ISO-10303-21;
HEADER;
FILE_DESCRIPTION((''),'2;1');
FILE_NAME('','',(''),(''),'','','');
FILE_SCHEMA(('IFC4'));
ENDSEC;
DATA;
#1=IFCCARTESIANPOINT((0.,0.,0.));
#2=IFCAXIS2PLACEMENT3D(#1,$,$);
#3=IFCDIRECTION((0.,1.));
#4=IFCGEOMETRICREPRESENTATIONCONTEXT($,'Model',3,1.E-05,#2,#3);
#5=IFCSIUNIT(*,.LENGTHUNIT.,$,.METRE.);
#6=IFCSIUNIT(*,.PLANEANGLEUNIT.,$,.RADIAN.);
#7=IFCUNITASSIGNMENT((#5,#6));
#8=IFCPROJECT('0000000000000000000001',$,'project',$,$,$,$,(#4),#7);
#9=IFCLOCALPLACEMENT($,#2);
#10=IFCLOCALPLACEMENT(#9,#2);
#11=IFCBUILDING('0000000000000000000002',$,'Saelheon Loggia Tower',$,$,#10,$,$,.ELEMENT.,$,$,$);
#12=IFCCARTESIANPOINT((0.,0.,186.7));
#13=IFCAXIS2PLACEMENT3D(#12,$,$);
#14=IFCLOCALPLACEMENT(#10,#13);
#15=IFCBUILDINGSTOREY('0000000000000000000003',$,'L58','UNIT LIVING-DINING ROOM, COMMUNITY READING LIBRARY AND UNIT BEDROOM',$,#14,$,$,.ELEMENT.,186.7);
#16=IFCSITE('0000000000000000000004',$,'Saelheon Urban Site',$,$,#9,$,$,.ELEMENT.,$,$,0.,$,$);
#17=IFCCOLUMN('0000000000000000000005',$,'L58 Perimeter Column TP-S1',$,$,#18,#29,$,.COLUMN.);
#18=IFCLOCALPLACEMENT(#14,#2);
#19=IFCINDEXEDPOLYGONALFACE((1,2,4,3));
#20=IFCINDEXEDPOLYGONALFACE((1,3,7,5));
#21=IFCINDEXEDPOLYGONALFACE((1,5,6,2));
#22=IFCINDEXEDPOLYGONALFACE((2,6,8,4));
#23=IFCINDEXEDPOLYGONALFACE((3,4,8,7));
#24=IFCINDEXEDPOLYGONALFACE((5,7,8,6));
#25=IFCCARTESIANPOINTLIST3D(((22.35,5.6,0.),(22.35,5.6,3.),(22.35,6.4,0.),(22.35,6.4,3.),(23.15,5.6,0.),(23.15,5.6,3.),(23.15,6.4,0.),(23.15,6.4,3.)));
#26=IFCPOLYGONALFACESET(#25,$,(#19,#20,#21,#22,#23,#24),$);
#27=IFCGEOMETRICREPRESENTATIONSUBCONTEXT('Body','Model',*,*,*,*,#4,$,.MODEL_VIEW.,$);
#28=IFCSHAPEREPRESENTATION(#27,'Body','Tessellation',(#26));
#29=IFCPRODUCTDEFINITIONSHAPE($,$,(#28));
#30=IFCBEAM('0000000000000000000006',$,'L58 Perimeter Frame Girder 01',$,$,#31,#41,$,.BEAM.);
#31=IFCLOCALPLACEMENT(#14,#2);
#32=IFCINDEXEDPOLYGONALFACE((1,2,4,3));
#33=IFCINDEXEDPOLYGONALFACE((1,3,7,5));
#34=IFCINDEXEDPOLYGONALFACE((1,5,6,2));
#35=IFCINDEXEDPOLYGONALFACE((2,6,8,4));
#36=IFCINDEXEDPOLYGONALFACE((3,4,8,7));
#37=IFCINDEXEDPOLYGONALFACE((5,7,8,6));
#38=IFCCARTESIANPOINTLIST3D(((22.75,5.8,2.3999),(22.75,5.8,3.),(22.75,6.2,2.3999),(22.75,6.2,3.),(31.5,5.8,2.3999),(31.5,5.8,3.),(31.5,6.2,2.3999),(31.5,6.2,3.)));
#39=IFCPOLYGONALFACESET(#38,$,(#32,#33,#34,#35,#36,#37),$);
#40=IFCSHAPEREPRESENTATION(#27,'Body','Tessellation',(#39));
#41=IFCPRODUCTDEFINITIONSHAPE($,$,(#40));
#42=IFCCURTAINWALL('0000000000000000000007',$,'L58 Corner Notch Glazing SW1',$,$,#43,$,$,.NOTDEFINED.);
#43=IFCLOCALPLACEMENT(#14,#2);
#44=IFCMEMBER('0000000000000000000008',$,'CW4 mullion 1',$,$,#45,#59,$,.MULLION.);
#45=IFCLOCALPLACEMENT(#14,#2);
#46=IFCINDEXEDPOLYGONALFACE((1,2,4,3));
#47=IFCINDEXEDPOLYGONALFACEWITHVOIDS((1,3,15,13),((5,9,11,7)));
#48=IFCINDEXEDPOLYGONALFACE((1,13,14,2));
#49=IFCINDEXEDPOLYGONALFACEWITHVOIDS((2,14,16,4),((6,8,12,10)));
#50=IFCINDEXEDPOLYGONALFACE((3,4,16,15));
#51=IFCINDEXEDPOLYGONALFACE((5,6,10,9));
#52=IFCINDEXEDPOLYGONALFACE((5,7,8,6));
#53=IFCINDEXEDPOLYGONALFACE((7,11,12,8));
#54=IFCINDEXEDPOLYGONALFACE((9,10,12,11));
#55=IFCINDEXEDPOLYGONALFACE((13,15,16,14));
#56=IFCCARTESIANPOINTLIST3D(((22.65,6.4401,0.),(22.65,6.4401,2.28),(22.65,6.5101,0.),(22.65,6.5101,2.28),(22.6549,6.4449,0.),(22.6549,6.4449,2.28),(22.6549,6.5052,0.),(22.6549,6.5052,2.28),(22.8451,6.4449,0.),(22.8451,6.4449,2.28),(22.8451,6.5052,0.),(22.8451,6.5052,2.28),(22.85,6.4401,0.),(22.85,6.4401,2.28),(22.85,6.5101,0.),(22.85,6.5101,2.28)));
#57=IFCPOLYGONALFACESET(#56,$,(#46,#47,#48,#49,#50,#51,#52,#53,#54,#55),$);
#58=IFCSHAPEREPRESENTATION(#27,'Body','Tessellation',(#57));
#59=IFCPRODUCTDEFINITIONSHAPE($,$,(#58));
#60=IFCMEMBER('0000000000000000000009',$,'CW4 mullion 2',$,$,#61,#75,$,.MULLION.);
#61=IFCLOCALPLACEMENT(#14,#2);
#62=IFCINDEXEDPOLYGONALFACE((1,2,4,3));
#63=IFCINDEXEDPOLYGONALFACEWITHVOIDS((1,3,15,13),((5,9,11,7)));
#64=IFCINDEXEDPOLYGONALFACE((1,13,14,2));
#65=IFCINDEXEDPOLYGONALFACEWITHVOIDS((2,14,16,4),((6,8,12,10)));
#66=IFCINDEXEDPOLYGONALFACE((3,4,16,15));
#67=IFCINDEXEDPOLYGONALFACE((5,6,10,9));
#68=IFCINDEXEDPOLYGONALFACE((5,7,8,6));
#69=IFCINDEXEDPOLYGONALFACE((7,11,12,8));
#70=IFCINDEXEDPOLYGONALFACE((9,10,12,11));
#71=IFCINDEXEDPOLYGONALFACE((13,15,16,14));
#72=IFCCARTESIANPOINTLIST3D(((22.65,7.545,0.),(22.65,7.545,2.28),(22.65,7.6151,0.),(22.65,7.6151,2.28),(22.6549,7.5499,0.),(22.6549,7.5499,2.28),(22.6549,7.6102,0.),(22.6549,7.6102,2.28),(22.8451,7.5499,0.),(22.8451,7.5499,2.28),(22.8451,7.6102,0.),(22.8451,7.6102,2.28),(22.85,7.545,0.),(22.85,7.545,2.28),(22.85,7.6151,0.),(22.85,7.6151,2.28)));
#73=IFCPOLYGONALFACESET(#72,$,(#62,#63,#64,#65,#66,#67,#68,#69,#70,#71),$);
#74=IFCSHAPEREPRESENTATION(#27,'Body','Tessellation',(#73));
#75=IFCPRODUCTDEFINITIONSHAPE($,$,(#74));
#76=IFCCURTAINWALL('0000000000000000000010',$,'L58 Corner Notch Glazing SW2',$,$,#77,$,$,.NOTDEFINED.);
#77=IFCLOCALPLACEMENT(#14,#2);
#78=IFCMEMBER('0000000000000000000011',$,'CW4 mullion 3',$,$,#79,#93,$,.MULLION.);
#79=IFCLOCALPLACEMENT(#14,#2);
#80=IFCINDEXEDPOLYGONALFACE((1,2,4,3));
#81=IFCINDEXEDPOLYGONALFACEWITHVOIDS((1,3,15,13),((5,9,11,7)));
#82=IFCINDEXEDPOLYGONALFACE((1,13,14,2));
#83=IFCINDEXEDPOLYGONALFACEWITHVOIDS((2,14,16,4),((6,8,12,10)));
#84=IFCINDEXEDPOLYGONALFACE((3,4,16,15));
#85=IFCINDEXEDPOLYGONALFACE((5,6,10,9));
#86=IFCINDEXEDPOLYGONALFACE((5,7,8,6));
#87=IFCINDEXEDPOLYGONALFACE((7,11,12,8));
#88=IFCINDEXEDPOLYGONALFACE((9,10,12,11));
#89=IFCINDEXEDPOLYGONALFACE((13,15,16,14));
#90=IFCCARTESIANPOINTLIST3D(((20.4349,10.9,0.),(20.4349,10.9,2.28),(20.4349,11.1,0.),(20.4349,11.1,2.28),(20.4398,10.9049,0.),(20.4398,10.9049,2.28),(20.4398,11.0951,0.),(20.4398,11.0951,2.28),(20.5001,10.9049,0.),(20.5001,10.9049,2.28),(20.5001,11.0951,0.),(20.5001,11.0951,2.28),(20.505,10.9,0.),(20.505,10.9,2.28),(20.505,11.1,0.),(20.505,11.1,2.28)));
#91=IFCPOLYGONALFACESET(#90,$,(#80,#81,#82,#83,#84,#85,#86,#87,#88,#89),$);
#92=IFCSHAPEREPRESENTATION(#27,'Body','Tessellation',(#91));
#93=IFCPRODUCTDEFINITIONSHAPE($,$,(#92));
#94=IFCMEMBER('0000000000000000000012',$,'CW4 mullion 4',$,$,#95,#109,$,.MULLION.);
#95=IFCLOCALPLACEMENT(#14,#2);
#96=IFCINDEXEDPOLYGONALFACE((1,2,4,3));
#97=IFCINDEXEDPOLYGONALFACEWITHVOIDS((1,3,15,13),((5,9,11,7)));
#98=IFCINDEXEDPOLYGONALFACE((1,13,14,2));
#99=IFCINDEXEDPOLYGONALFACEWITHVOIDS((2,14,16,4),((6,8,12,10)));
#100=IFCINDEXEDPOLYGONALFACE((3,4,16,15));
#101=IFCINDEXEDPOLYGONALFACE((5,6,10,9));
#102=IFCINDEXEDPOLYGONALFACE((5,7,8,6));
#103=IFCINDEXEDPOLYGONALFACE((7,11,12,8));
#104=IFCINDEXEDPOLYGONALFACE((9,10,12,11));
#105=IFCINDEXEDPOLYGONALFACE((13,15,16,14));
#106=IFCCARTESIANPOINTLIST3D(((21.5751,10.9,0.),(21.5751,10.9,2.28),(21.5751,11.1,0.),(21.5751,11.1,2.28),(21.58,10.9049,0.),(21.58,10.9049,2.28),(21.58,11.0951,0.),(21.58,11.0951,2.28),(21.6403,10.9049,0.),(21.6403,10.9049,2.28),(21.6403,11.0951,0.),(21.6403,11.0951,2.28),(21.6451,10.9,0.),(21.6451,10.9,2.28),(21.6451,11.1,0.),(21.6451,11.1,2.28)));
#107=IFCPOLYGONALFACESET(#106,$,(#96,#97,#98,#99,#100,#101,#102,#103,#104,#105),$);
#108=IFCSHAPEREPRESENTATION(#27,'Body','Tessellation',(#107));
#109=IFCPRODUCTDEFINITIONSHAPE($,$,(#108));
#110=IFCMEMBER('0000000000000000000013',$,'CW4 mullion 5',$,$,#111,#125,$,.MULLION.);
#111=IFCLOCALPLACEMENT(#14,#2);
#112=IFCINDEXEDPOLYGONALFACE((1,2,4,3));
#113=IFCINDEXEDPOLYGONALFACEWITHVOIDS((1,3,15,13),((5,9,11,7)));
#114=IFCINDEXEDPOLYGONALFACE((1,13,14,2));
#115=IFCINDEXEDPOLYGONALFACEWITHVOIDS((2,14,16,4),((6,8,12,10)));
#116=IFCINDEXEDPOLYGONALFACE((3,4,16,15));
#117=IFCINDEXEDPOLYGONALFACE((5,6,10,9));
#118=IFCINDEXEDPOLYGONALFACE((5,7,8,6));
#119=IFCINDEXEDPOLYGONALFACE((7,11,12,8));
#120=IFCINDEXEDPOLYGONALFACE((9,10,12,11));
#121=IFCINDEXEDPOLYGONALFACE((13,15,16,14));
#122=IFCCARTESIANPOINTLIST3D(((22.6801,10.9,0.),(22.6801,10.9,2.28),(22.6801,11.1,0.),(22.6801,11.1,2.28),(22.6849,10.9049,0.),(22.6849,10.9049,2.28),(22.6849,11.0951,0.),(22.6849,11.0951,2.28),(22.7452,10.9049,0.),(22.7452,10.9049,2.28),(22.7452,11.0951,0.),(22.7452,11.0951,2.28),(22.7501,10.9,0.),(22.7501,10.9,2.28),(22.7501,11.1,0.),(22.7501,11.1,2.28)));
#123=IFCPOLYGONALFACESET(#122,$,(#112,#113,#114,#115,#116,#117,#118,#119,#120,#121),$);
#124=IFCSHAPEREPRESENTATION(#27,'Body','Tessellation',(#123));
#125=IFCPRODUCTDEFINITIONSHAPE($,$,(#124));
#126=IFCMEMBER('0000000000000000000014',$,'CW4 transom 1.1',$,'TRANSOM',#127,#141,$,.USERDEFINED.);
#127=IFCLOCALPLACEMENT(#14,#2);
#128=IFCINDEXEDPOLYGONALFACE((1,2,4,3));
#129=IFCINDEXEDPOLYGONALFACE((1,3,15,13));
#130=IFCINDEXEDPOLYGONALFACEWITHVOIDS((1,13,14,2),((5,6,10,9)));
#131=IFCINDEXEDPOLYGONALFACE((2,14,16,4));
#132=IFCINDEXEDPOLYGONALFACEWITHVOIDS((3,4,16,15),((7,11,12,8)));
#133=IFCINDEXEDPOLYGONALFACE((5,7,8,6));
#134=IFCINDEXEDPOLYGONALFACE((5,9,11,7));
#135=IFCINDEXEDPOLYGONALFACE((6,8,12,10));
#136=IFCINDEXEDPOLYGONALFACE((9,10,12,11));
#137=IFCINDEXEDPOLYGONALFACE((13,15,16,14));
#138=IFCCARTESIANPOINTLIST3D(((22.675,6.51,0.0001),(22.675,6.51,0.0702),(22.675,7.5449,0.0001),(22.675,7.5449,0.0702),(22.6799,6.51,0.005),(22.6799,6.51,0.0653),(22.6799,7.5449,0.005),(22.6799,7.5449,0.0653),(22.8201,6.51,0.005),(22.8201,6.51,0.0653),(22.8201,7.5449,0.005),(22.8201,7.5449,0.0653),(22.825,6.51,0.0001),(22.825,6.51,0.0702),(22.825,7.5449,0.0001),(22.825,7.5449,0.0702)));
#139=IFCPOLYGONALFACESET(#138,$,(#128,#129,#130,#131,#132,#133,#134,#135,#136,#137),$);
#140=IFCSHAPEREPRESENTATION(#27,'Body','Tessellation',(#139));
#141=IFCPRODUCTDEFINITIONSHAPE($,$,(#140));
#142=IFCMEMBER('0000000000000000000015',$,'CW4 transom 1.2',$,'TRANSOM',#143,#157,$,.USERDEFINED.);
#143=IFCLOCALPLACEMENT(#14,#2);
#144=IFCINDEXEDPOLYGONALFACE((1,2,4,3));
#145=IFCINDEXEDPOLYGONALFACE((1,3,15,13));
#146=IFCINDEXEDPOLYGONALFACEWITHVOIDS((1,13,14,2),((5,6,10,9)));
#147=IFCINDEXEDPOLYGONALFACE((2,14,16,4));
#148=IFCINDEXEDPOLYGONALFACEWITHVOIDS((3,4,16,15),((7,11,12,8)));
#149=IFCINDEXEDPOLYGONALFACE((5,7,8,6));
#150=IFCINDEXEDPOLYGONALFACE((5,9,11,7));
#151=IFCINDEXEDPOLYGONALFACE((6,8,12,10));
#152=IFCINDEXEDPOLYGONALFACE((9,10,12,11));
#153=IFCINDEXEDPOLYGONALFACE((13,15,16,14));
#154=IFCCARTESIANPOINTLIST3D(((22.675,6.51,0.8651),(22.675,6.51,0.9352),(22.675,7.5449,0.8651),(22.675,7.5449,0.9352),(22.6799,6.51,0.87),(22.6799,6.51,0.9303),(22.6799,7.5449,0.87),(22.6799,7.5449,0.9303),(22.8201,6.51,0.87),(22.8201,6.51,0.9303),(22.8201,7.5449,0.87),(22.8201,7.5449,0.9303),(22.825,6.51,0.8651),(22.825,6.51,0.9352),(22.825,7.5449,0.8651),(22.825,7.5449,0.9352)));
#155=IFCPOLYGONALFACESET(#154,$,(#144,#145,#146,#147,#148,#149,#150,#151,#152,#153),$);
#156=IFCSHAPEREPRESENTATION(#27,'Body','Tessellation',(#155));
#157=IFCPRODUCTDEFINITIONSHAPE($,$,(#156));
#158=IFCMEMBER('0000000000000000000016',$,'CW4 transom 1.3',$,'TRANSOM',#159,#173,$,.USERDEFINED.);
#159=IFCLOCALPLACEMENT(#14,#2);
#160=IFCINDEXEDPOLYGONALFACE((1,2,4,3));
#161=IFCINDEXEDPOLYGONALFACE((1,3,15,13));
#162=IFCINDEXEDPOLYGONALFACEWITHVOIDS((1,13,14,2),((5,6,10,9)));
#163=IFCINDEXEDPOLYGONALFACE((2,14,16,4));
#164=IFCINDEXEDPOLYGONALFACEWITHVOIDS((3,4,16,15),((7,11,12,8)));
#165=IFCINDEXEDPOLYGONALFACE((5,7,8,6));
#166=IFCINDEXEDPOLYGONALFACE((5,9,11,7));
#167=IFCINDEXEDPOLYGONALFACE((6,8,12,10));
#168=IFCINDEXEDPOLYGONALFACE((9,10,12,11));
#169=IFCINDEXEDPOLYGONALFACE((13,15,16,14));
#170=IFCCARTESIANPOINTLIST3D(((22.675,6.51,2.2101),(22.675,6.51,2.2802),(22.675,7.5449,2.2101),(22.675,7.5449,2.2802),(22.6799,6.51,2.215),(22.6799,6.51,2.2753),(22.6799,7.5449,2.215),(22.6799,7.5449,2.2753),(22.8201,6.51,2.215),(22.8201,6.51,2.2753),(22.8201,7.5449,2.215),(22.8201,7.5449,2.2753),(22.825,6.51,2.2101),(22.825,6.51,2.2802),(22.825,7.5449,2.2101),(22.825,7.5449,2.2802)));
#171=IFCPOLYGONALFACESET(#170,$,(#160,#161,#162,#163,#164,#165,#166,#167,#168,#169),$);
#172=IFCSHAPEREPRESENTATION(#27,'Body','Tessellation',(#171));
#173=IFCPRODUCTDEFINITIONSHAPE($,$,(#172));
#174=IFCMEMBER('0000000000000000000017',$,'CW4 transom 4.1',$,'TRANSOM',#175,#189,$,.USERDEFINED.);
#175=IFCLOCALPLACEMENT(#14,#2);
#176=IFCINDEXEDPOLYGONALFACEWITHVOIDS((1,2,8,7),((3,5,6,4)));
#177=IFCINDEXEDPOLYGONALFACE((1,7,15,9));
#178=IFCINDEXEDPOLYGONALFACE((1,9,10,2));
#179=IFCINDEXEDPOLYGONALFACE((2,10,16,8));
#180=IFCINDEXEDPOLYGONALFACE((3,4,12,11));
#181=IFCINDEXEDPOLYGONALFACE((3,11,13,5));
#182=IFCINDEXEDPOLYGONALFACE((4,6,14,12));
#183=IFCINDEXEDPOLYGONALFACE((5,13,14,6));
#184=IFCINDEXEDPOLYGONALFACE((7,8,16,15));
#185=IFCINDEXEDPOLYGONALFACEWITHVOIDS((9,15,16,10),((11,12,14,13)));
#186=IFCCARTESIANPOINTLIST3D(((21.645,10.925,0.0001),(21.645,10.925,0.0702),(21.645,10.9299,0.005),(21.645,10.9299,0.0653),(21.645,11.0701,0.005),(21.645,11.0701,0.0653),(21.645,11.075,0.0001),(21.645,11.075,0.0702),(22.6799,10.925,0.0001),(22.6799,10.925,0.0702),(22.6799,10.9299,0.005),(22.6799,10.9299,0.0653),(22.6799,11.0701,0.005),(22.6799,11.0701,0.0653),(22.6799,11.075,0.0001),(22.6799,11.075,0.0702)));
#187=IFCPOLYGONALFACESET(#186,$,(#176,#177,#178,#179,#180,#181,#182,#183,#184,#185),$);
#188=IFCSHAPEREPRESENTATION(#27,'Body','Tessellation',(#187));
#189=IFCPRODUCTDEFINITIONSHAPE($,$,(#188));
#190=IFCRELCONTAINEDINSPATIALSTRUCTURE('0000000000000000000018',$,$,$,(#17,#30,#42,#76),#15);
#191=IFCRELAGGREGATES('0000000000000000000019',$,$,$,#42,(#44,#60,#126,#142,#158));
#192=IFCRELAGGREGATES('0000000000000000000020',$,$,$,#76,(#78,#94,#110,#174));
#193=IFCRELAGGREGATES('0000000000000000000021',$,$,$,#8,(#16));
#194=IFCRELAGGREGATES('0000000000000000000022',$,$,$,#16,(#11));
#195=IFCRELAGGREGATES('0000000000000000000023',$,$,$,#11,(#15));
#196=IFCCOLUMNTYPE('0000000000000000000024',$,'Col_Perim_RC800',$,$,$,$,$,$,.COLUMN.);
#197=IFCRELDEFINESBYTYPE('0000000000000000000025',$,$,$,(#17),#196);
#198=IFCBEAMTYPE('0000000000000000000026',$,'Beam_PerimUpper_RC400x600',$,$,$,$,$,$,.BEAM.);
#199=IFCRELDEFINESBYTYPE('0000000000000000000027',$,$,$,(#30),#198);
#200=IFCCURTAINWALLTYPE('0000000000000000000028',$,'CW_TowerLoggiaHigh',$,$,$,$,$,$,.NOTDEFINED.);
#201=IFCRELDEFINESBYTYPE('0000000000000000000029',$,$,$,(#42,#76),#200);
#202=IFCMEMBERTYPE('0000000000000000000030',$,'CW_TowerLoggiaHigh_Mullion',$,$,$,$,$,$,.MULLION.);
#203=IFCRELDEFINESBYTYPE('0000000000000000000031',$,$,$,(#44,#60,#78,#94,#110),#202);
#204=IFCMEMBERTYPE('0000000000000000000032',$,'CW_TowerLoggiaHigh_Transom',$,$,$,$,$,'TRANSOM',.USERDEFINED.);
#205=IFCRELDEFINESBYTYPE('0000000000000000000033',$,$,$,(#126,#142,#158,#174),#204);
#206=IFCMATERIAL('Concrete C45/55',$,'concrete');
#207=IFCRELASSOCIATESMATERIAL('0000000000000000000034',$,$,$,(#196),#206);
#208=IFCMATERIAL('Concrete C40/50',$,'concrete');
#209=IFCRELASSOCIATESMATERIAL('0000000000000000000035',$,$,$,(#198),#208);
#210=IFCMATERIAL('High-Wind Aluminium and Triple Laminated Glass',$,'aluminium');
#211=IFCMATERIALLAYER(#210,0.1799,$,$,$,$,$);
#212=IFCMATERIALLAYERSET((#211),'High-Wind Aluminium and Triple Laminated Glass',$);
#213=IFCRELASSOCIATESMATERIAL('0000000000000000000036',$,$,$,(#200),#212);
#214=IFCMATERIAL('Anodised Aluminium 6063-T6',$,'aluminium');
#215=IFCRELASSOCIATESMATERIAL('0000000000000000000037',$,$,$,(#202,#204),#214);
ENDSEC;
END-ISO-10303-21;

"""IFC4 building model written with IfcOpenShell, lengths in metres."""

from ifc_helpers import new_model, si_unit, direction, frame, origin, origin_2d, place, context, subcontext, project, spatial, rectangle, hollow_rectangle, extrude, source, transform, mapped, material, layer, layer_set, material_profile, profile_set, type_object, element, aggregate, save


model = new_model("IFC4")

# Units and contexts
model_context = context("Model", 3, precision=1e-05, world=origin(), true_north=direction((0.0, 1.0)))
body_context = subcontext(model_context, "Body", "Model", "MODEL_VIEW")
ifc_project = project(units=[si_unit("LENGTHUNIT", "METRE"), si_unit("PLANEANGLEUNIT", "RADIAN")], contexts=[model_context])

# Site, building, storey
site_placement = place(None, origin())
site = spatial("IfcSite", under=ifc_project, at=site_placement, Name="Saelheon Urban Site", CompositionType="ELEMENT", RefElevation=0.0)
building_placement = place(site_placement, origin())
building = spatial("IfcBuilding", under=site, at=building_placement, Name="Saelheon Loggia Tower", CompositionType="ELEMENT")
storey_placement = place(building_placement, frame((0.0, 0.0, 186.7)))
storey = spatial("IfcBuildingStorey", under=building, at=storey_placement, Name="L58", Description="UNIT LIVING-DINING ROOM, COMMUNITY READING LIBRARY AND UNIT BEDROOM", CompositionType="ELEMENT", Elevation=186.7)

# Column
ifc_material_1 = material(Name="Concrete C45/55", Category="concrete")
ifc_material_profile_1 = material_profile(ifc_material_1, rectangle(XDim=0.8, YDim=0.8, at=origin_2d()), Name="RC-800x800")
ifc_profile_set_1 = profile_set([ifc_material_profile_1], Name="Concrete C45/55")
column_type = type_object("IfcColumnType", Name="Col_Perim_RC800", PredefinedType="COLUMN", material=ifc_profile_set_1)
shared_shape_1 = source(origin(), body_context, "Body", "SweptSolid", [
    extrude(rectangle(XDim=0.8, YDim=0.8, at=origin_2d()), origin(), (0.0, 0.0, 1.0), 3.0),
])
column_placement = place(storey_placement, frame((22.75, 6.0, 0.0), z_axis=(0.0, 0.0, 1.0), x_axis=(1.0, 0.0, 0.0)))
element("IfcColumn", 1, at=column_placement, inside=storey, type_object=column_type, Name="L58 Perimeter Column TP-S1", PredefinedType="COLUMN", context=body_context, shape_type="MappedRepresentation", body=[
    mapped(shared_shape_1, transform((0.0, 0.0, 0.0), scale=1.0)),
])

# Beam
ifc_material_2 = material(Name="Concrete C40/50", Category="concrete")
ifc_material_profile_2 = material_profile(ifc_material_2, rectangle(XDim=0.3999, YDim=0.6001, at=origin_2d()), Name="RC-400x600")
ifc_profile_set_2 = profile_set([ifc_material_profile_2], Name="Concrete C40/50")
beam_type = type_object("IfcBeamType", Name="Beam_PerimUpper_RC400x600", PredefinedType="BEAM", material=ifc_profile_set_2)
shared_shape_2 = source(origin(), body_context, "Body", "SweptSolid", [
    extrude(rectangle(XDim=0.3999, YDim=0.6001, at=origin_2d()), origin(), (0.0, 0.0, 1.0), 8.75),
])
beam_placement = place(storey_placement, frame((22.75, 6.0, 2.7), z_axis=(1.0, 0.0, 0.0), x_axis=(0.0, 1.0, 0.0)))
element("IfcBeam", 2, at=beam_placement, inside=storey, type_object=beam_type, Name="L58 Perimeter Frame Girder 01", PredefinedType="BEAM", context=body_context, shape_type="MappedRepresentation", body=[
    mapped(shared_shape_2, transform((0.0, 0.0, 0.0), scale=1.0)),
])

# Curtain walls, members
ifc_material_3 = material(Name="High-Wind Aluminium and Triple Laminated Glass", Category="aluminium")
ifc_layer_1 = layer(ifc_material_3, 0.1799)
ifc_layer_set_1 = layer_set([ifc_layer_1], Name="High-Wind Aluminium and Triple Laminated Glass")
curtain_wall_type = type_object("IfcCurtainWallType", Name="CW_TowerLoggiaHigh", PredefinedType="NOTDEFINED", material=ifc_layer_set_1)
curtain_wall_1_placement = place(storey_placement, origin())
curtain_wall_1 = element("IfcCurtainWall", 3, at=curtain_wall_1_placement, inside=storey, type_object=curtain_wall_type, Name="L58 Corner Notch Glazing SW1", PredefinedType="NOTDEFINED")
ifc_material_4 = material(Name="Anodised Aluminium 6063-T6", Category="aluminium")
ifc_material_profile_3 = material_profile(ifc_material_4, hollow_rectangle(XDim=0.0701, YDim=0.2, WallThickness=0.0049, at=origin_2d()), Name="RHS-200x70x5")
ifc_profile_set_3 = profile_set([ifc_material_profile_3], Name="Anodised Aluminium 6063-T6")
member_type_1 = type_object("IfcMemberType", Name="CW_TowerLoggiaHigh_Mullion", PredefinedType="MULLION", material=ifc_profile_set_3)
shared_shape_3 = source(origin(), body_context, "Body", "SweptSolid", [
    extrude(hollow_rectangle(XDim=0.0701, YDim=0.2, WallThickness=0.0049, at=origin_2d()), origin(), (0.0, 0.0, 1.0), 2.28),
])
member_1_placement = place(storey_placement, frame((22.75, 6.4751, 0.0), z_axis=(0.0, 0.0, 1.0), x_axis=(0.0, 1.0, 0.0)))
member_1 = element("IfcMember", 4, at=member_1_placement, type_object=member_type_1, Name="CW4 mullion 1", PredefinedType="MULLION", context=body_context, shape_type="MappedRepresentation", body=[
    mapped(shared_shape_3, transform((0.0, 0.0, 0.0), scale=1.0)),
])
member_2_placement = place(storey_placement, frame((22.75, 7.5801, 0.0), z_axis=(0.0, 0.0, 1.0), x_axis=(0.0, 1.0, 0.0)))
member_2 = element("IfcMember", 5, at=member_2_placement, type_object=member_type_1, Name="CW4 mullion 2", PredefinedType="MULLION", context=body_context, shape_type="MappedRepresentation", body=[
    mapped(shared_shape_3, transform((0.0, 0.0, 0.0), scale=1.0)),
])
curtain_wall_2_placement = place(storey_placement, origin())
curtain_wall_2 = element("IfcCurtainWall", 6, at=curtain_wall_2_placement, inside=storey, type_object=curtain_wall_type, Name="L58 Corner Notch Glazing SW2", PredefinedType="NOTDEFINED")
member_3_placement = place(storey_placement, frame((20.47, 11.0, 0.0), z_axis=(0.0, 0.0, 1.0), x_axis=(1.0, 0.0, 0.0)))
member_3 = element("IfcMember", 7, at=member_3_placement, type_object=member_type_1, Name="CW4 mullion 3", PredefinedType="MULLION", context=body_context, shape_type="MappedRepresentation", body=[
    mapped(shared_shape_3, transform((0.0, 0.0, 0.0), scale=1.0)),
])
member_4_placement = place(storey_placement, frame((21.6101, 11.0, 0.0), z_axis=(0.0, 0.0, 1.0), x_axis=(1.0, 0.0, 0.0)))
member_4 = element("IfcMember", 8, at=member_4_placement, type_object=member_type_1, Name="CW4 mullion 4", PredefinedType="MULLION", context=body_context, shape_type="MappedRepresentation", body=[
    mapped(shared_shape_3, transform((0.0, 0.0, 0.0), scale=1.0)),
])
member_5_placement = place(storey_placement, frame((22.7151, 11.0, 0.0), z_axis=(0.0, 0.0, 1.0), x_axis=(1.0, 0.0, 0.0)))
member_5 = element("IfcMember", 9, at=member_5_placement, type_object=member_type_1, Name="CW4 mullion 5", PredefinedType="MULLION", context=body_context, shape_type="MappedRepresentation", body=[
    mapped(shared_shape_3, transform((0.0, 0.0, 0.0), scale=1.0)),
])

# Members
ifc_material_profile_4 = material_profile(ifc_material_4, hollow_rectangle(XDim=0.0701, YDim=0.1499, WallThickness=0.0049, at=origin_2d()), Name="RHS-150x70x5")
ifc_profile_set_4 = profile_set([ifc_material_profile_4], Name="Anodised Aluminium 6063-T6")
member_type_2 = type_object("IfcMemberType", Name="CW_TowerLoggiaHigh_Transom", ElementType="TRANSOM", PredefinedType="USERDEFINED", material=ifc_profile_set_4)
shared_shape_4 = source(origin(), body_context, "Body", "SweptSolid", [
    extrude(hollow_rectangle(XDim=0.0701, YDim=0.1499, WallThickness=0.0049, at=origin_2d()), origin(), (0.0, 0.0, 1.0), 1.0349),
])
member_6_placement = place(storey_placement, frame((22.75, 6.51, 0.0352), z_axis=(0.0, 1.0, 0.0), x_axis=(0.0, 0.0, 1.0)))
member_6 = element("IfcMember", 10, at=member_6_placement, type_object=member_type_2, Name="CW4 transom 1.1", ObjectType="TRANSOM", PredefinedType="USERDEFINED", context=body_context, shape_type="MappedRepresentation", body=[
    mapped(shared_shape_4, transform((0.0, 0.0, 0.0), scale=1.0)),
])
member_7_placement = place(storey_placement, frame((22.75, 6.51, 0.9001), z_axis=(0.0, 1.0, 0.0), x_axis=(0.0, 0.0, 1.0)))
member_7 = element("IfcMember", 11, at=member_7_placement, type_object=member_type_2, Name="CW4 transom 1.2", ObjectType="TRANSOM", PredefinedType="USERDEFINED", context=body_context, shape_type="MappedRepresentation", body=[
    mapped(shared_shape_4, transform((0.0, 0.0, 0.0), scale=1.0)),
])
member_8_placement = place(storey_placement, frame((22.75, 6.51, 2.2451), z_axis=(0.0, 1.0, 0.0), x_axis=(0.0, 0.0, 1.0)))
member_8 = element("IfcMember", 12, at=member_8_placement, type_object=member_type_2, Name="CW4 transom 1.3", ObjectType="TRANSOM", PredefinedType="USERDEFINED", context=body_context, shape_type="MappedRepresentation", body=[
    mapped(shared_shape_4, transform((0.0, 0.0, 0.0), scale=1.0)),
])
member_9_placement = place(storey_placement, frame((21.645, 11.0, 0.0352), z_axis=(1.0, 0.0, 0.0), x_axis=(0.0, 0.0, 1.0)))
member_9 = element("IfcMember", 13, at=member_9_placement, type_object=member_type_2, Name="CW4 transom 4.1", ObjectType="TRANSOM", PredefinedType="USERDEFINED", context=body_context, shape_type="MappedRepresentation", body=[
    mapped(shared_shape_4, transform((0.0, 0.0, 0.0), scale=1.0)),
])

aggregate(curtain_wall_1, [member_1, member_2, member_6, member_7, member_8])
aggregate(curtain_wall_2, [member_3, member_4, member_5, member_9])

save(model, "model.ifc")
